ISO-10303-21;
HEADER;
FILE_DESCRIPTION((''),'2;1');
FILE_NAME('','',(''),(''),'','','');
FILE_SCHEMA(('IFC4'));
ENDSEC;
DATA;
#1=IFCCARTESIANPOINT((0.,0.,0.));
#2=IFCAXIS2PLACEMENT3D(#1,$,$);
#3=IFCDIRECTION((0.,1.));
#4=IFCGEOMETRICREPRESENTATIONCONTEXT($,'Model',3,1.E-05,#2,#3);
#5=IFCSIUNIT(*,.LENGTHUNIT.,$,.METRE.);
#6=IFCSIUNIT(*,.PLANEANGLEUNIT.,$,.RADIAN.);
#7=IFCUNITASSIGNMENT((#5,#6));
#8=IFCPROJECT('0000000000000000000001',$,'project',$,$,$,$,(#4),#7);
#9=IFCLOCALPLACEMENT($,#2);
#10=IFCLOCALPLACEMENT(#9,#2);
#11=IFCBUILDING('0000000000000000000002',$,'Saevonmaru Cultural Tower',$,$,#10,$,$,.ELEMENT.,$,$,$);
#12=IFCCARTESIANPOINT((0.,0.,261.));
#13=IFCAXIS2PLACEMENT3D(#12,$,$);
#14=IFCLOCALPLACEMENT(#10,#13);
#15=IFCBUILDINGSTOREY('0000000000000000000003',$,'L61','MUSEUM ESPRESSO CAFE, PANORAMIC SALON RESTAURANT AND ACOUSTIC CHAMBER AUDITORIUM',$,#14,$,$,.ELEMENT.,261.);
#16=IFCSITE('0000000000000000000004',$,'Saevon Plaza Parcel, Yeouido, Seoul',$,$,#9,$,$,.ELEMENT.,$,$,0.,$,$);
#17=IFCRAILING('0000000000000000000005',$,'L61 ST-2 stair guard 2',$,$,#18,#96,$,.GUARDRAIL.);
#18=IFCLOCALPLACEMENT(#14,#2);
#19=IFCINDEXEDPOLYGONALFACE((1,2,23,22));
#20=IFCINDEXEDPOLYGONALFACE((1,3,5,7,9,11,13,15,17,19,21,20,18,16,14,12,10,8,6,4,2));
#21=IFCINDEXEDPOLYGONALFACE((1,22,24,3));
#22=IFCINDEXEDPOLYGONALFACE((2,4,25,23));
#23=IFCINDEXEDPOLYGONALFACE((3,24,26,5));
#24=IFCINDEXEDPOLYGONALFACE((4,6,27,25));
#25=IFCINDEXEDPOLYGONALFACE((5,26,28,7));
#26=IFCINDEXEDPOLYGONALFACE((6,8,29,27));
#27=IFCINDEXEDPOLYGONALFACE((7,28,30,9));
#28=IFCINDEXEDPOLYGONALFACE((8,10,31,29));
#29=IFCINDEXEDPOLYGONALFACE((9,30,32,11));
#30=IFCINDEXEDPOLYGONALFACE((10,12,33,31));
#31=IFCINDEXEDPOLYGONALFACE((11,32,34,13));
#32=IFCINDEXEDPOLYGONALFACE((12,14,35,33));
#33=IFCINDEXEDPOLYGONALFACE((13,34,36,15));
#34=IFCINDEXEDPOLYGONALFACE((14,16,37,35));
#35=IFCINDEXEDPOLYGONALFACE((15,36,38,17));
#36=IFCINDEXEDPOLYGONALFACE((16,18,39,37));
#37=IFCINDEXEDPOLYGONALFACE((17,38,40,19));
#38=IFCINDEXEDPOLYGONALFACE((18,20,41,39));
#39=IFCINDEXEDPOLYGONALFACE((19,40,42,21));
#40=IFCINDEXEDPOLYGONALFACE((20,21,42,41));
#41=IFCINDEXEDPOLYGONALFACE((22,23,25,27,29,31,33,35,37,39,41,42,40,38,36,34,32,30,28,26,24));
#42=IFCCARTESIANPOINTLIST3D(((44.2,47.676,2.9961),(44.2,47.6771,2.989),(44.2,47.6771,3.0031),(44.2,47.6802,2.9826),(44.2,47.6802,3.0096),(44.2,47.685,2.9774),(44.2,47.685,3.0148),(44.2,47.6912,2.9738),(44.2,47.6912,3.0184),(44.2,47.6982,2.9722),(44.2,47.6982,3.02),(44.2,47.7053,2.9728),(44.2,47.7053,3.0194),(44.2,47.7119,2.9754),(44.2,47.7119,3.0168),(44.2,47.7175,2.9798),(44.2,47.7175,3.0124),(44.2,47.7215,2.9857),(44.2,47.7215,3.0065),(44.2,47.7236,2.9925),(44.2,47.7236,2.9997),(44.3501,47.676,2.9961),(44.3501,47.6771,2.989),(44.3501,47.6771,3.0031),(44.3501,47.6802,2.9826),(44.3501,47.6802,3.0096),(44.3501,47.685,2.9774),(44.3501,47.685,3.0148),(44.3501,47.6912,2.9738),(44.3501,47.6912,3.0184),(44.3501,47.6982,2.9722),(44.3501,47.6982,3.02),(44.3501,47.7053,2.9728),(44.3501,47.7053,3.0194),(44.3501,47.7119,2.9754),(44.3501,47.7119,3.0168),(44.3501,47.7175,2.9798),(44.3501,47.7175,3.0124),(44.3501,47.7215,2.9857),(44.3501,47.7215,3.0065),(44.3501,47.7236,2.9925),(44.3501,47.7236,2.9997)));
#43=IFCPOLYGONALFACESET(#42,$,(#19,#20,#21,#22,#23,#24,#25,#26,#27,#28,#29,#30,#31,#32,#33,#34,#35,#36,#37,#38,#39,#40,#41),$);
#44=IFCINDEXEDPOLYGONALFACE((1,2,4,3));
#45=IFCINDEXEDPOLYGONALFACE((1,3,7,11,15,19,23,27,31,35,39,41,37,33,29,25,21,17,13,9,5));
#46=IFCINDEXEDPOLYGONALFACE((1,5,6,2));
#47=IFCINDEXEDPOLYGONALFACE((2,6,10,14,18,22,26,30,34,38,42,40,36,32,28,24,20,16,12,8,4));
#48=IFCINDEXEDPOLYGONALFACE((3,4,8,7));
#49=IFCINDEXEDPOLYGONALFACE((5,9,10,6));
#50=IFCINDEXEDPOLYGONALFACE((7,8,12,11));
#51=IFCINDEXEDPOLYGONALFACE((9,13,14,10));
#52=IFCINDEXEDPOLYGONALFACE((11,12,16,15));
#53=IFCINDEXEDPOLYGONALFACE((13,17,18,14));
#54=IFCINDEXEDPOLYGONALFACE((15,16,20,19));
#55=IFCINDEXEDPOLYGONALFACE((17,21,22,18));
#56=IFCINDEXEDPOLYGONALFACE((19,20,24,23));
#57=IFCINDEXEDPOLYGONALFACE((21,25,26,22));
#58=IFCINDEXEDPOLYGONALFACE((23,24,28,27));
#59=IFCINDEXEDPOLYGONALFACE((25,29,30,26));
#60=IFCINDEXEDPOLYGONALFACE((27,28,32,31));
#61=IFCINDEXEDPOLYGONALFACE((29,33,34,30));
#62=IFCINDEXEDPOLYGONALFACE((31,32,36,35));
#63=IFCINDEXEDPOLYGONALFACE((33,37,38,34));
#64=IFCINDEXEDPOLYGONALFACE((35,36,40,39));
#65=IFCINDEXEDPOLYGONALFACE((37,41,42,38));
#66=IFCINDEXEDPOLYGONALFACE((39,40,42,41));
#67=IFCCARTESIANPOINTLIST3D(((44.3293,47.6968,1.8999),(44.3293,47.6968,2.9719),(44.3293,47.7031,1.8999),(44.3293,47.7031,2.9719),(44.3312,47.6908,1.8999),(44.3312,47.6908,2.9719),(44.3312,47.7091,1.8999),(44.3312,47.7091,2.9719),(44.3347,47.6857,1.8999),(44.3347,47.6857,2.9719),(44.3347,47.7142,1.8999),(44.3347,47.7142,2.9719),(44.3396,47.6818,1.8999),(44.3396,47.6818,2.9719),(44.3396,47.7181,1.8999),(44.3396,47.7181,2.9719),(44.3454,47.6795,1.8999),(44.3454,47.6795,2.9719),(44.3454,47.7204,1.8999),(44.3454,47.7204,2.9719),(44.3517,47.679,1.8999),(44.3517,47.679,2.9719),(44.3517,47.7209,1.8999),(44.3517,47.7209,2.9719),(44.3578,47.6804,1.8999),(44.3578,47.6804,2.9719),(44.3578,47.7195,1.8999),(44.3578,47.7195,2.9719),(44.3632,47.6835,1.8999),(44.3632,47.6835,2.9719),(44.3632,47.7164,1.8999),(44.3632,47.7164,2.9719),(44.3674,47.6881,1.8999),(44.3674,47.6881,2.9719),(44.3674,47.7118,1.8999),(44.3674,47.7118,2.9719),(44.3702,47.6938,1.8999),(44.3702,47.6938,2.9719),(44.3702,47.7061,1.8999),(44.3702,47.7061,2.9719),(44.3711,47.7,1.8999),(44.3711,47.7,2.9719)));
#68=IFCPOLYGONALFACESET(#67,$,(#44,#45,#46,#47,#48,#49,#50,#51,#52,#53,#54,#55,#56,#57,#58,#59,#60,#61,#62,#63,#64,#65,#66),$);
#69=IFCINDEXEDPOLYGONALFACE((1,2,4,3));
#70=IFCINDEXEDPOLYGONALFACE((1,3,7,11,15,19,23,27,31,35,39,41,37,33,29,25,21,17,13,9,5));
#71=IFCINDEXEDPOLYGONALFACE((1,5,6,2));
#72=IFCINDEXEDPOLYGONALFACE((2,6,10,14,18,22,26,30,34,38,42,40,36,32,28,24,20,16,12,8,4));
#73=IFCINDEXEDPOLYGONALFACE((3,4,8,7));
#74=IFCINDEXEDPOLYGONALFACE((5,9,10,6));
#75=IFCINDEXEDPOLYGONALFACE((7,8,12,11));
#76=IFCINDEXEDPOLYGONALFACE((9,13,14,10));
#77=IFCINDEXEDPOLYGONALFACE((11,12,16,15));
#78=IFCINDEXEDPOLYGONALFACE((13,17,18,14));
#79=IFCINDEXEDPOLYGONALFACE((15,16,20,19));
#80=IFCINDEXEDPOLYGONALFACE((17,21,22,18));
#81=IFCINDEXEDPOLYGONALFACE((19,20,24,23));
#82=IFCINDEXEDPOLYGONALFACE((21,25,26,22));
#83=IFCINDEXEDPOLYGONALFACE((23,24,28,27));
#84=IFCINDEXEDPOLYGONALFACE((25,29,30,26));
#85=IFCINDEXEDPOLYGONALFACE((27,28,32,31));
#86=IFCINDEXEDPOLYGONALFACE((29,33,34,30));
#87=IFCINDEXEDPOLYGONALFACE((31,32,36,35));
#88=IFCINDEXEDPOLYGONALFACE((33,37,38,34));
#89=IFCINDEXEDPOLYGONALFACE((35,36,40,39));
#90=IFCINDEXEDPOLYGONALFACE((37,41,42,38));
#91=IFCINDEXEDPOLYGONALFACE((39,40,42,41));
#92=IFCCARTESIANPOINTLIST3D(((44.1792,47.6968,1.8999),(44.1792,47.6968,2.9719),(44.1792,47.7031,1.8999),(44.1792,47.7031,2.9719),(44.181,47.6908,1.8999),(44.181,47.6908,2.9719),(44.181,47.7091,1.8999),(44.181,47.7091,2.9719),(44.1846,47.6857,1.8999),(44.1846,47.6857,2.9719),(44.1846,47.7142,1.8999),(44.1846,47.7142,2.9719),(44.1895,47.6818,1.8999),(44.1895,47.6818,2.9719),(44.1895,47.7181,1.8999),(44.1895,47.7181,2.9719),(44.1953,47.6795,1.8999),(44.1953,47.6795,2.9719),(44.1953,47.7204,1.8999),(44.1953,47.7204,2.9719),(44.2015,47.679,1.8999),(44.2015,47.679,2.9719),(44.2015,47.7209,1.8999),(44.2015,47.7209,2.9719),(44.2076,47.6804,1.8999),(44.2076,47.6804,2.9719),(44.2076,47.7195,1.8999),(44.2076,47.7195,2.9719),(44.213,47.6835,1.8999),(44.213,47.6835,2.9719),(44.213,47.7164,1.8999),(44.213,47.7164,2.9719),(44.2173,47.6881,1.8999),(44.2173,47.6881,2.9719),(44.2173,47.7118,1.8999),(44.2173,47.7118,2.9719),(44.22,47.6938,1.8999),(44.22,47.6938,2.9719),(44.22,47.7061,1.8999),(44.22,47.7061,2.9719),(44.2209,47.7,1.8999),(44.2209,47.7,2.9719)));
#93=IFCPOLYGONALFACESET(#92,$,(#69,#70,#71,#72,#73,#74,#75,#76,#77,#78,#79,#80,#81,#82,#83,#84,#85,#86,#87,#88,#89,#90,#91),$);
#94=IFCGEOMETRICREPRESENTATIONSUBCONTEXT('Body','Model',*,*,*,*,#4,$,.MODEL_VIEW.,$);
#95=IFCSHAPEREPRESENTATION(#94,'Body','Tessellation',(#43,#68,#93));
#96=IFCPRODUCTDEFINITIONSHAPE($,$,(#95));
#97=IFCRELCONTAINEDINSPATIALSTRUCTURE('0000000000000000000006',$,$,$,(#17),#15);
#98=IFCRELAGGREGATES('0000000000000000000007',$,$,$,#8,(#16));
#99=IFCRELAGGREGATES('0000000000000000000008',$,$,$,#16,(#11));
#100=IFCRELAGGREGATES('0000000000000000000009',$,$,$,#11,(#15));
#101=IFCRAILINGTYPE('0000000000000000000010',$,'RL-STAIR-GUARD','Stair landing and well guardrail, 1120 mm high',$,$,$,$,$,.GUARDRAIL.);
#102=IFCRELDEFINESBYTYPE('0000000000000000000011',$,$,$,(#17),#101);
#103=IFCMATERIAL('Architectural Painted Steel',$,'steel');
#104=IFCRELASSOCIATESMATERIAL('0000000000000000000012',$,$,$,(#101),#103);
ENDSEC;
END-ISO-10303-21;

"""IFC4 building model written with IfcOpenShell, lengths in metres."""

from ifc_helpers import new_model, si_unit, direction, frame, origin, origin_2d, place, context, subcontext, project, spatial, circle, extrude, material, type_object, element, save


model = new_model("IFC4")

# Units and contexts
model_context = context("Model", 3, precision=1e-05, world=origin(), true_north=direction((0.0, 1.0)))
body_context = subcontext(model_context, "Body", "Model", "MODEL_VIEW")
ifc_project = project(units=[si_unit("LENGTHUNIT", "METRE"), si_unit("PLANEANGLEUNIT", "RADIAN")], contexts=[model_context])

# Site, building, storey
site_placement = place(None, origin())
site = spatial("IfcSite", under=ifc_project, at=site_placement, Name="Saevon Plaza Parcel, Yeouido, Seoul", CompositionType="ELEMENT", RefElevation=0.0)
building_placement = place(site_placement, origin())
building = spatial("IfcBuilding", under=site, at=building_placement, Name="Saevonmaru Cultural Tower", CompositionType="ELEMENT")
storey_placement = place(building_placement, frame((0.0, 0.0, 261.0)))
storey = spatial("IfcBuildingStorey", under=building, at=storey_placement, Name="L61", Description="MUSEUM ESPRESSO CAFE, PANORAMIC SALON RESTAURANT AND ACOUSTIC CHAMBER AUDITORIUM", CompositionType="ELEMENT", Elevation=261.0)

# Railing
ifc_material_1 = material(Name="Architectural Painted Steel", Category="steel")
railing_type_1 = type_object("IfcRailingType", Name="RL-STAIR-GUARD", Description="Stair landing and well guardrail, 1120 mm high", PredefinedType="GUARDRAIL", material=ifc_material_1)
railing_1_placement = place(storey_placement, frame((44.3501, 47.7, 1.8999)))
element("IfcRailing", 1, at=railing_1_placement, inside=storey, type_object=railing_type_1, Name="L61 ST-2 stair guard 2", PredefinedType="GUARDRAIL", context=body_context, shape_type="SweptSolid", body=[
    extrude(circle(Radius=0.0239, at=origin_2d()), frame((0.0, 0.0, 1.0962), z_axis=(-1.0, 0.0, 0.0), x_axis=(0.0, -1.0, 0.0)), (0.0, 0.0, 1.0), 0.1501),
    extrude(circle(Radius=0.021, at=origin_2d()), origin(), (0.0, 0.0, 1.0), 1.072),
    extrude(circle(Radius=0.021, at=origin_2d()), frame((-0.1501, 0.0, 0.0)), (0.0, 0.0, 1.0), 1.072),
])

save(model, "model.ifc")
